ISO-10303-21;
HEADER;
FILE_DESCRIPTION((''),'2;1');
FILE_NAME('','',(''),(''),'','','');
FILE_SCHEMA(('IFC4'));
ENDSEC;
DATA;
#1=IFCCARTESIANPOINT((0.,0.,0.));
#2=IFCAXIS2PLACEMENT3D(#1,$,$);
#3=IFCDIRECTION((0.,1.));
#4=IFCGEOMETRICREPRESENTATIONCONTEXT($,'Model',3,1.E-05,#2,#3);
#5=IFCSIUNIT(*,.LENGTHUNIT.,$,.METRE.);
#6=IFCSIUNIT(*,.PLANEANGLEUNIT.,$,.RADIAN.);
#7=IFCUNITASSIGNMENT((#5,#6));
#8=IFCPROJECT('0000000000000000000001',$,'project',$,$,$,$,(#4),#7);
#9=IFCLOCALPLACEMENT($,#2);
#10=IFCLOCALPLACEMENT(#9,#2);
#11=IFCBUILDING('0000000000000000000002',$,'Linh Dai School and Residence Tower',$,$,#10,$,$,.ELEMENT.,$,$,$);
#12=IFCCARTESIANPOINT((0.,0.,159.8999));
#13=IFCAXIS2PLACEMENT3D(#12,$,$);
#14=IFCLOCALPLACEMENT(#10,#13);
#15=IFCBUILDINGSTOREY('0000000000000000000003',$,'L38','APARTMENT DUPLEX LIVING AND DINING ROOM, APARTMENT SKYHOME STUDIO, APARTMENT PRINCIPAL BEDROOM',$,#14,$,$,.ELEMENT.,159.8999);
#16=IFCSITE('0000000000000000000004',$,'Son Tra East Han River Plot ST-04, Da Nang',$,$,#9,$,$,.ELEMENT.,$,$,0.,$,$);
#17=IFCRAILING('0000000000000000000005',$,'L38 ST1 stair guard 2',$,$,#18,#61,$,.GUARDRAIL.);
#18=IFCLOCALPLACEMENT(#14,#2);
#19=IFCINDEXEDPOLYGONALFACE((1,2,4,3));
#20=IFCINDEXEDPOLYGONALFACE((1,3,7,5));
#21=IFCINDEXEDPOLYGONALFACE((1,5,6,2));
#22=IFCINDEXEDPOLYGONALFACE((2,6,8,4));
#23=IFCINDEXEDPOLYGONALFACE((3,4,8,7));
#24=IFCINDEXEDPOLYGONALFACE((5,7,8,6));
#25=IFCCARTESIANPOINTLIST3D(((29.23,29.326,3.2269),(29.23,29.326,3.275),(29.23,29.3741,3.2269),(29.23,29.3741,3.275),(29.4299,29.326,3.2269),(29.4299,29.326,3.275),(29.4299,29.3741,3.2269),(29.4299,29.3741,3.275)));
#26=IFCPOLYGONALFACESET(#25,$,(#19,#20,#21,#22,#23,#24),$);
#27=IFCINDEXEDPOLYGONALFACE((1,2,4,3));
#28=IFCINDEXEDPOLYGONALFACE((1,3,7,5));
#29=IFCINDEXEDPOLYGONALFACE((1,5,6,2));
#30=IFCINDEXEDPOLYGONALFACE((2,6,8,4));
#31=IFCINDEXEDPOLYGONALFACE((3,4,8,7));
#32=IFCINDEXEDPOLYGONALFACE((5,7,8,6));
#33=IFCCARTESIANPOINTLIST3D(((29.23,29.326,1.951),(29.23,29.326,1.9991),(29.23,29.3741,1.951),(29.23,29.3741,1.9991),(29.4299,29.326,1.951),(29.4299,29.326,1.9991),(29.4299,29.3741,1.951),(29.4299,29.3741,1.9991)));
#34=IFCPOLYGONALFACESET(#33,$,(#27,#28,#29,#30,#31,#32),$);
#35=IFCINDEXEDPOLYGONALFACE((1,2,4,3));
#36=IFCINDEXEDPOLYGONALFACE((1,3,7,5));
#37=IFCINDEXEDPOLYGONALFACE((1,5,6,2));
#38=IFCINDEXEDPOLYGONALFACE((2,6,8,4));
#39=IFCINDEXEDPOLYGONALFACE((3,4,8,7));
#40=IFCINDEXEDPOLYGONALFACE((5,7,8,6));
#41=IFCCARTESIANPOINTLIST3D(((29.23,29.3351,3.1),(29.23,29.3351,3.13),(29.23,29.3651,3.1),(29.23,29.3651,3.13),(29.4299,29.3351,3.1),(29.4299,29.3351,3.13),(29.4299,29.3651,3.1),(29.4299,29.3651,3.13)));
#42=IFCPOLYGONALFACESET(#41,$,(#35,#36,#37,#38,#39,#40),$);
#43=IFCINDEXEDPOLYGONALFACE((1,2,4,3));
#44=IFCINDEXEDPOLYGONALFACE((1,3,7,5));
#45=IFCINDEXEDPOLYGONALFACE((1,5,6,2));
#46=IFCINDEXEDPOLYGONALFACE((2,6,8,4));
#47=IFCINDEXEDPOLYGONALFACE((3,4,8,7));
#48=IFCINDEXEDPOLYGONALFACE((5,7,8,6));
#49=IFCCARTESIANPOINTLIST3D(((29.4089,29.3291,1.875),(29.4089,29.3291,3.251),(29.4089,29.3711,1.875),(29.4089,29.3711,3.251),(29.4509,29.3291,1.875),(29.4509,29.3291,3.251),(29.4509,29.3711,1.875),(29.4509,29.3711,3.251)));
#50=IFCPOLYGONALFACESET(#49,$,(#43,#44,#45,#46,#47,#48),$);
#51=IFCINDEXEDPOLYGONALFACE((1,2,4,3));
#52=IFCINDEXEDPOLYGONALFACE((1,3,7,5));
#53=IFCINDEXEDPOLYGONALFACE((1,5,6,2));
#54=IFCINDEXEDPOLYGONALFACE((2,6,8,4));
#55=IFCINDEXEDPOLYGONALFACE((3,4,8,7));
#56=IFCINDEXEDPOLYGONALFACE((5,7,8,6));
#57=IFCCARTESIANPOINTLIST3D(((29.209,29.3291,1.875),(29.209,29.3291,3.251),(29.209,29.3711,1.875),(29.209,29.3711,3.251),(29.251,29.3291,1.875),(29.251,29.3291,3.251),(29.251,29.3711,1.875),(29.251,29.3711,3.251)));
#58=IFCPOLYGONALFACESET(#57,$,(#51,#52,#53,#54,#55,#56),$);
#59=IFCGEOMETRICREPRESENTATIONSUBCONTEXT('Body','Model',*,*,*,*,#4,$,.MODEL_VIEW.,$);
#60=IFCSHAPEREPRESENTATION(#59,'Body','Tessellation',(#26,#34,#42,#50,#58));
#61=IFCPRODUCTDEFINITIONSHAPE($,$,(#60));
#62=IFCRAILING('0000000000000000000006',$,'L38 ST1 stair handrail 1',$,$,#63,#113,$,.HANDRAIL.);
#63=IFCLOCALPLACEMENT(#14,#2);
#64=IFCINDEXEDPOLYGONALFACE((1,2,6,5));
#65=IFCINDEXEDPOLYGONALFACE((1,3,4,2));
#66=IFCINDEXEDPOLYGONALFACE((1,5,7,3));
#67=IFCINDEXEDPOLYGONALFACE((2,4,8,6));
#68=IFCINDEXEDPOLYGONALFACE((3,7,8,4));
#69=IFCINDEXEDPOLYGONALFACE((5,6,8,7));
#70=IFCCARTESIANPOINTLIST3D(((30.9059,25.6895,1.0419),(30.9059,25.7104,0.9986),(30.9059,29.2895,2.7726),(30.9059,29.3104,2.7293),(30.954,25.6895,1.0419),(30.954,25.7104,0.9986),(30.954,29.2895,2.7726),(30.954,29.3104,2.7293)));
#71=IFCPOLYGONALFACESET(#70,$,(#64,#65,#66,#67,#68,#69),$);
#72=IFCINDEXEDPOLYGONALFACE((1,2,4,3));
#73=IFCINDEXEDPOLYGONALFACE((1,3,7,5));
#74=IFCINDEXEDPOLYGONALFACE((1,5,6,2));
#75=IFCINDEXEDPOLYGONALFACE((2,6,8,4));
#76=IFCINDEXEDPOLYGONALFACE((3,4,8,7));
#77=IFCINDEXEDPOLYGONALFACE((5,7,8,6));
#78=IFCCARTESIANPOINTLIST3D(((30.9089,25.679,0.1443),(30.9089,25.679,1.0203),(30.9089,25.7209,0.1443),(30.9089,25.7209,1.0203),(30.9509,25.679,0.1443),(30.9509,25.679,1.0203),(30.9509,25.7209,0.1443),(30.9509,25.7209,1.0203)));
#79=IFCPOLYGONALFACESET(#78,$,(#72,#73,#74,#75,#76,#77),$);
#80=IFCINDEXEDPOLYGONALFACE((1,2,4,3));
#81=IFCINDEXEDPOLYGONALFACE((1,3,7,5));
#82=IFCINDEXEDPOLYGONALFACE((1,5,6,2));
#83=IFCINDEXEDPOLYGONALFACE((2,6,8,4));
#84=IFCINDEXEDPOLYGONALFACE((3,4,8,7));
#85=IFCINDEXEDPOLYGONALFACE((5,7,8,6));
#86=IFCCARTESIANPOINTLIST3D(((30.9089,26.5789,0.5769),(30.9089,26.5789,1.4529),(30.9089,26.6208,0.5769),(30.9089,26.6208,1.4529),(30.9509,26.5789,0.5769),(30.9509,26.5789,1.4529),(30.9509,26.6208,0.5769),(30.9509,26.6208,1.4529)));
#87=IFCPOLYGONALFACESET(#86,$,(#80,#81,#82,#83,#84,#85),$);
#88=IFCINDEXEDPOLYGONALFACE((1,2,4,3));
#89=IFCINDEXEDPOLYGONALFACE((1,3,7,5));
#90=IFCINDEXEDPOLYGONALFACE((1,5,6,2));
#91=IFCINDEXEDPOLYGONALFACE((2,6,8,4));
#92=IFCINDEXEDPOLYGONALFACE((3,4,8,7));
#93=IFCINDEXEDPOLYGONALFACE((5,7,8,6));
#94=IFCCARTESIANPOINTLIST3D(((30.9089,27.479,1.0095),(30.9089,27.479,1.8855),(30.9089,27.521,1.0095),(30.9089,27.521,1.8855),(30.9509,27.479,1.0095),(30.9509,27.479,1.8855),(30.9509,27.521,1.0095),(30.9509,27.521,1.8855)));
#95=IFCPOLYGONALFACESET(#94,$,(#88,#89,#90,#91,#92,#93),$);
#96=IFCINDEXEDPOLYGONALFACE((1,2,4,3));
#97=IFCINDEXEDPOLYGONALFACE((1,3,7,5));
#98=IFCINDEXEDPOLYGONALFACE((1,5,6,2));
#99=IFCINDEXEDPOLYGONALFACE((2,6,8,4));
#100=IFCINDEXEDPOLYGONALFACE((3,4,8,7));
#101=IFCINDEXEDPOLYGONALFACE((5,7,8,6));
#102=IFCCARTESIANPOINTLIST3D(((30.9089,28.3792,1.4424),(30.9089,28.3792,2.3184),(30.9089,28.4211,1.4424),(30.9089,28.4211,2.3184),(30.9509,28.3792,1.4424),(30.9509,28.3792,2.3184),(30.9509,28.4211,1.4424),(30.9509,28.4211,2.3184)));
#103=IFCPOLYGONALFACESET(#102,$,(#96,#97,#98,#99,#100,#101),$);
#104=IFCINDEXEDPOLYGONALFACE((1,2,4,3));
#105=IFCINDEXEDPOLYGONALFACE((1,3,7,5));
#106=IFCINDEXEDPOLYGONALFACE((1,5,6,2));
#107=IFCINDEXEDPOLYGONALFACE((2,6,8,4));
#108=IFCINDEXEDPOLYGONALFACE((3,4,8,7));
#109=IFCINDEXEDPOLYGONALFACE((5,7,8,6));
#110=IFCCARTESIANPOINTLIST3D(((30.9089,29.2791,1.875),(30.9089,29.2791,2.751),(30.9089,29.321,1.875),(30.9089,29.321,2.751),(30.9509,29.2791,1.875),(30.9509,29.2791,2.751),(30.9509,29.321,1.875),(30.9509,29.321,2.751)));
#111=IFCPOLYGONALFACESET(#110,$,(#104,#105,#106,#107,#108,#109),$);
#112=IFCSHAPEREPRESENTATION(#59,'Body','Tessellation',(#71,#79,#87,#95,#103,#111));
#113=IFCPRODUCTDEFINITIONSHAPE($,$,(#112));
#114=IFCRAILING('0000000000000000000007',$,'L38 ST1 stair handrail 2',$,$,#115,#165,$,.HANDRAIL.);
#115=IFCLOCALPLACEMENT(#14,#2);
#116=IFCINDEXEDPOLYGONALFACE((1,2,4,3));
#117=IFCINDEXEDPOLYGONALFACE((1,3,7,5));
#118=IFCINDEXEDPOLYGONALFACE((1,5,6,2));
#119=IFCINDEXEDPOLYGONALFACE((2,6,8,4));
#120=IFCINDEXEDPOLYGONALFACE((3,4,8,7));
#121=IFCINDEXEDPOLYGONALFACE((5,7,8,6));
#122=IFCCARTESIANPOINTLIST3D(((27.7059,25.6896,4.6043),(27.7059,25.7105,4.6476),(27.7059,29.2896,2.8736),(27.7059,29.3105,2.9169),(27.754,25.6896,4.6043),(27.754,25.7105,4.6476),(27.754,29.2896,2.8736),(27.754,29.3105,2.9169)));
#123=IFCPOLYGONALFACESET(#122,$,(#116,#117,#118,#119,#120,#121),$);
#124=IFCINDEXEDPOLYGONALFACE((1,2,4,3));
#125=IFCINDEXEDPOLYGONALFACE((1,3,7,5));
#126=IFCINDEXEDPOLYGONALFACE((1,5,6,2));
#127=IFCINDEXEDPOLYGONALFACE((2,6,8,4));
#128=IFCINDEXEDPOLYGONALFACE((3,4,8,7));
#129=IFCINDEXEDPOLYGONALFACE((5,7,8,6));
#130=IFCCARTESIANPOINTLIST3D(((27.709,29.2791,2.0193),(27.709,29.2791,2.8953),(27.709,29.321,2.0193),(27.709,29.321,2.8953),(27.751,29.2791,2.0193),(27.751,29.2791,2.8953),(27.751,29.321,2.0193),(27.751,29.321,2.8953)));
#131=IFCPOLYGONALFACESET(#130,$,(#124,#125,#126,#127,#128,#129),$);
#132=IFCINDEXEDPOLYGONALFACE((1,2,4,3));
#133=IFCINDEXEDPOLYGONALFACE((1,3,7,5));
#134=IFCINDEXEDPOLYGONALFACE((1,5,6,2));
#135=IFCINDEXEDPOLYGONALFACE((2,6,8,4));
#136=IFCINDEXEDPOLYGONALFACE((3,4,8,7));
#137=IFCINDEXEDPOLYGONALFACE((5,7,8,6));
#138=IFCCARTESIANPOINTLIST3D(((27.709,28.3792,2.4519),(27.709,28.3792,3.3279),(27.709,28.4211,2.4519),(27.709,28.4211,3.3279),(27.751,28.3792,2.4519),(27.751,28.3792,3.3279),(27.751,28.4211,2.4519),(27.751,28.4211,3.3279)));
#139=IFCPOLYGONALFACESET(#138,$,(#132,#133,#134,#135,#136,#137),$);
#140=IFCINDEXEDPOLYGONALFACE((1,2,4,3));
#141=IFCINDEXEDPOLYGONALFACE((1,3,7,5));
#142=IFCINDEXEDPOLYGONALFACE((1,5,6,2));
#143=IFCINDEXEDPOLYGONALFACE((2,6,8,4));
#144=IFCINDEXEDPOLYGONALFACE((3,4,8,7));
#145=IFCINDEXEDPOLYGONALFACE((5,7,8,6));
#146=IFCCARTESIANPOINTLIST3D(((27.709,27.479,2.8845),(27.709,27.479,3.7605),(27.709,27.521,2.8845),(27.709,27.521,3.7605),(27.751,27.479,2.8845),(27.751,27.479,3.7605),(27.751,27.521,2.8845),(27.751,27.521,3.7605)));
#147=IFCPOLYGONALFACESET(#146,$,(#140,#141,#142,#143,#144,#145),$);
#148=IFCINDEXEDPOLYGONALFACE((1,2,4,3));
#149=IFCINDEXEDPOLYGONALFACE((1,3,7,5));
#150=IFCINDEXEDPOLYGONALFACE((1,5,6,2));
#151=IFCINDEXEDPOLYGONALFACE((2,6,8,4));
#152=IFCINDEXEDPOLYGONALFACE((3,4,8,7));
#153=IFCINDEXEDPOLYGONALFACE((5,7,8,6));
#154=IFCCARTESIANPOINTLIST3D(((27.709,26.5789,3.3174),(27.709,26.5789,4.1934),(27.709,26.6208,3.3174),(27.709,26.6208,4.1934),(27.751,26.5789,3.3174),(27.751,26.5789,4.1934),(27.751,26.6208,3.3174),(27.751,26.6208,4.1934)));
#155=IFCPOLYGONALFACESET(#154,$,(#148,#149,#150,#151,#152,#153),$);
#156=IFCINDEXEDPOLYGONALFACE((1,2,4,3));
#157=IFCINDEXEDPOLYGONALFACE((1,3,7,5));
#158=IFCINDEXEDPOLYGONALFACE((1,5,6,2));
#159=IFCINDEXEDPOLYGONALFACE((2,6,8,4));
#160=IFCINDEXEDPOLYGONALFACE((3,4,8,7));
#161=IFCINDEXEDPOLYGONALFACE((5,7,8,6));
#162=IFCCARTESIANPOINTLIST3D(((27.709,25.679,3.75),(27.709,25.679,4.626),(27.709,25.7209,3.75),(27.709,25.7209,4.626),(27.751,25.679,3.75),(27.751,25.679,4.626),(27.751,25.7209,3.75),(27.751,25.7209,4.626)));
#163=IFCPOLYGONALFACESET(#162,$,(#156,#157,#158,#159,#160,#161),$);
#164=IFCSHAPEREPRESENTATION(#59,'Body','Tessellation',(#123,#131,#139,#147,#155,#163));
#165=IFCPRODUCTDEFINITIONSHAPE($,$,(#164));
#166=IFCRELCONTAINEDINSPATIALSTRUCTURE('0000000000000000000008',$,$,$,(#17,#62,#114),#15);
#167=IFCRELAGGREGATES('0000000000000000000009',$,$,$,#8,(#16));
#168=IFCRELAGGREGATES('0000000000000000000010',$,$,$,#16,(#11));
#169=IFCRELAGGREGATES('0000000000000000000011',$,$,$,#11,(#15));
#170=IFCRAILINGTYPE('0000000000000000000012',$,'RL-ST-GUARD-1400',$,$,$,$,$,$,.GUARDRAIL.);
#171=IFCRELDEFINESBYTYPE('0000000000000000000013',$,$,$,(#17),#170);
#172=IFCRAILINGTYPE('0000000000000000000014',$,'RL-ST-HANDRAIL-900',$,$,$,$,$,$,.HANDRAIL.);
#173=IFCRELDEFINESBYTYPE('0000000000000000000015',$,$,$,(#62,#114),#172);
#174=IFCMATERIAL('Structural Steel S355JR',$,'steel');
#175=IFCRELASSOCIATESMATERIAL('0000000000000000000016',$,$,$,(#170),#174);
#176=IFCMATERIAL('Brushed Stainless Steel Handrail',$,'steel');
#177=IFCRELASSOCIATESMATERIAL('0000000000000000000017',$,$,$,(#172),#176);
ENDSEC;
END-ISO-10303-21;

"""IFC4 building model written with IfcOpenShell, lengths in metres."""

from ifc_helpers import new_model, si_unit, direction, frame, origin, origin_2d, place, context, subcontext, project, spatial, rectangle, extrude, source, transform, mapped, material, type_object, element, save


model = new_model("IFC4")

# Units and contexts
model_context = context("Model", 3, precision=1e-05, world=origin(), true_north=direction((0.0, 1.0)))
body_context = subcontext(model_context, "Body", "Model", "MODEL_VIEW")
ifc_project = project(units=[si_unit("LENGTHUNIT", "METRE"), si_unit("PLANEANGLEUNIT", "RADIAN")], contexts=[model_context])

# Site, building, storey
site_placement = place(None, origin())
site = spatial("IfcSite", under=ifc_project, at=site_placement, Name="Son Tra East Han River Plot ST-04, Da Nang", CompositionType="ELEMENT", RefElevation=0.0)
building_placement = place(site_placement, origin())
building = spatial("IfcBuilding", under=site, at=building_placement, Name="Linh Dai School and Residence Tower", CompositionType="ELEMENT")
storey_placement = place(building_placement, frame((0.0, 0.0, 159.8999)))
storey = spatial("IfcBuildingStorey", under=building, at=storey_placement, Name="L38", Description="APARTMENT DUPLEX LIVING AND DINING ROOM, APARTMENT SKYHOME STUDIO, APARTMENT PRINCIPAL BEDROOM", CompositionType="ELEMENT", Elevation=159.8999)

# Shared definitions
ifc_material_1 = material(Name="Structural Steel S355JR", Category="steel")

# Railings
railing_type_1 = type_object("IfcRailingType", Name="RL-ST-GUARD-1400", PredefinedType="GUARDRAIL", material=ifc_material_1)
shared_shape_1 = source(origin(), body_context, "Body", "SweptSolid", [
    extrude(rectangle(XDim=0.0481, YDim=0.0481, at=origin_2d()), frame((0.0, 0.0, 1.376), z_axis=(-1.0, 0.0, 0.0), x_axis=(0.0, -1.0, 0.0)), (0.0, 0.0, 1.0), 0.2),
    extrude(rectangle(XDim=0.0481, YDim=0.0481, at=origin_2d()), frame((0.0, 0.0, 0.1001), z_axis=(-1.0, 0.0, 0.0), x_axis=(0.0, -1.0, 0.0)), (0.0, 0.0, 1.0), 0.2),
    extrude(rectangle(XDim=0.03, YDim=0.03, at=origin_2d()), frame((0.0, 0.0, 1.24), z_axis=(-1.0, 0.0, 0.0), x_axis=(0.0, -1.0, 0.0)), (0.0, 0.0, 1.0), 0.2),
    extrude(rectangle(XDim=0.042, YDim=0.042, at=origin_2d()), origin(), (0.0, 0.0, 1.0), 1.376),
    extrude(rectangle(XDim=0.042, YDim=0.042, at=origin_2d()), frame((-0.2, 0.0, 0.0)), (0.0, 0.0, 1.0), 1.376),
])
railing_1_placement = place(storey_placement, frame((29.4299, 29.3501, 1.875)))
element("IfcRailing", 1, at=railing_1_placement, inside=storey, type_object=railing_type_1, Name="L38 ST1 stair guard 2", PredefinedType="GUARDRAIL", context=body_context, shape_type="MappedRepresentation", body=[
    mapped(shared_shape_1, transform((0.0, 0.0, 0.0), x_axis=(1.0, 0.0, 0.0), y_axis=(0.0, 1.0, 0.0), z_axis=(0.0, 0.0, 1.0), scale=1.0)),
])
ifc_material_2 = material(Name="Brushed Stainless Steel Handrail", Category="steel")
railing_type_2 = type_object("IfcRailingType", Name="RL-ST-HANDRAIL-900", PredefinedType="HANDRAIL", material=ifc_material_2)
shared_shape_2 = source(origin(), body_context, "Body", "SweptSolid", [
    extrude(rectangle(XDim=0.0481, YDim=0.0481, at=origin_2d()), frame((0.0, 0.0, 0.876), z_axis=(0.0, 0.901263, 0.433273), x_axis=(-1.0, 0.0, 0.0)), (0.0, 0.0, 1.0), 3.9944),
    extrude(rectangle(XDim=0.042, YDim=0.042, at=origin_2d()), origin(), (0.0, 0.0, 1.0), 0.876),
    extrude(rectangle(XDim=0.042, YDim=0.042, at=origin_2d()), frame((0.0, 0.8999, 0.4326)), (0.0, 0.0, 1.0), 0.876),
    extrude(rectangle(XDim=0.042, YDim=0.042, at=origin_2d()), frame((0.0, 1.8, 0.8652)), (0.0, 0.0, 1.0), 0.876),
    extrude(rectangle(XDim=0.042, YDim=0.042, at=origin_2d()), frame((0.0, 2.7002, 1.2981)), (0.0, 0.0, 1.0), 0.876),
    extrude(rectangle(XDim=0.042, YDim=0.042, at=origin_2d()), frame((0.0, 3.6001, 1.7307)), (0.0, 0.0, 1.0), 0.876),
])
railing_2_placement = place(storey_placement, frame((30.9299, 25.7, 0.1443)))
element("IfcRailing", 2, at=railing_2_placement, inside=storey, type_object=railing_type_2, Name="L38 ST1 stair handrail 1", PredefinedType="HANDRAIL", context=body_context, shape_type="MappedRepresentation", body=[
    mapped(shared_shape_2, transform((0.0, 0.0, 0.0), x_axis=(1.0, 0.0, 0.0), y_axis=(0.0, 1.0, 0.0), z_axis=(0.0, 0.0, 1.0), scale=1.0)),
])
shared_shape_3 = source(origin(), body_context, "Body", "SweptSolid", [
    extrude(rectangle(XDim=0.0481, YDim=0.0481, at=origin_2d()), frame((0.0, 0.0, 0.876), z_axis=(0.0, -0.901263, 0.433273), x_axis=(1.0, 0.0, 0.0)), (0.0, 0.0, 1.0), 3.9944),
    extrude(rectangle(XDim=0.042, YDim=0.042, at=origin_2d()), origin(), (0.0, 0.0, 1.0), 0.876),
    extrude(rectangle(XDim=0.042, YDim=0.042, at=origin_2d()), frame((0.0, -0.8999, 0.4326)), (0.0, 0.0, 1.0), 0.876),
    extrude(rectangle(XDim=0.042, YDim=0.042, at=origin_2d()), frame((0.0, -1.8, 0.8652)), (0.0, 0.0, 1.0), 0.876),
    extrude(rectangle(XDim=0.042, YDim=0.042, at=origin_2d()), frame((0.0, -2.7002, 1.2981)), (0.0, 0.0, 1.0), 0.876),
    extrude(rectangle(XDim=0.042, YDim=0.042, at=origin_2d()), frame((0.0, -3.6001, 1.7307)), (0.0, 0.0, 1.0), 0.876),
])
railing_3_placement = place(storey_placement, frame((27.73, 29.3, 2.0193)))
element("IfcRailing", 3, at=railing_3_placement, inside=storey, type_object=railing_type_2, Name="L38 ST1 stair handrail 2", PredefinedType="HANDRAIL", context=body_context, shape_type="MappedRepresentation", body=[
    mapped(shared_shape_3, transform((0.0, 0.0, 0.0), x_axis=(1.0, 0.0, 0.0), y_axis=(0.0, 1.0, 0.0), z_axis=(0.0, 0.0, 1.0), scale=1.0)),
])

save(model, "model.ifc")
